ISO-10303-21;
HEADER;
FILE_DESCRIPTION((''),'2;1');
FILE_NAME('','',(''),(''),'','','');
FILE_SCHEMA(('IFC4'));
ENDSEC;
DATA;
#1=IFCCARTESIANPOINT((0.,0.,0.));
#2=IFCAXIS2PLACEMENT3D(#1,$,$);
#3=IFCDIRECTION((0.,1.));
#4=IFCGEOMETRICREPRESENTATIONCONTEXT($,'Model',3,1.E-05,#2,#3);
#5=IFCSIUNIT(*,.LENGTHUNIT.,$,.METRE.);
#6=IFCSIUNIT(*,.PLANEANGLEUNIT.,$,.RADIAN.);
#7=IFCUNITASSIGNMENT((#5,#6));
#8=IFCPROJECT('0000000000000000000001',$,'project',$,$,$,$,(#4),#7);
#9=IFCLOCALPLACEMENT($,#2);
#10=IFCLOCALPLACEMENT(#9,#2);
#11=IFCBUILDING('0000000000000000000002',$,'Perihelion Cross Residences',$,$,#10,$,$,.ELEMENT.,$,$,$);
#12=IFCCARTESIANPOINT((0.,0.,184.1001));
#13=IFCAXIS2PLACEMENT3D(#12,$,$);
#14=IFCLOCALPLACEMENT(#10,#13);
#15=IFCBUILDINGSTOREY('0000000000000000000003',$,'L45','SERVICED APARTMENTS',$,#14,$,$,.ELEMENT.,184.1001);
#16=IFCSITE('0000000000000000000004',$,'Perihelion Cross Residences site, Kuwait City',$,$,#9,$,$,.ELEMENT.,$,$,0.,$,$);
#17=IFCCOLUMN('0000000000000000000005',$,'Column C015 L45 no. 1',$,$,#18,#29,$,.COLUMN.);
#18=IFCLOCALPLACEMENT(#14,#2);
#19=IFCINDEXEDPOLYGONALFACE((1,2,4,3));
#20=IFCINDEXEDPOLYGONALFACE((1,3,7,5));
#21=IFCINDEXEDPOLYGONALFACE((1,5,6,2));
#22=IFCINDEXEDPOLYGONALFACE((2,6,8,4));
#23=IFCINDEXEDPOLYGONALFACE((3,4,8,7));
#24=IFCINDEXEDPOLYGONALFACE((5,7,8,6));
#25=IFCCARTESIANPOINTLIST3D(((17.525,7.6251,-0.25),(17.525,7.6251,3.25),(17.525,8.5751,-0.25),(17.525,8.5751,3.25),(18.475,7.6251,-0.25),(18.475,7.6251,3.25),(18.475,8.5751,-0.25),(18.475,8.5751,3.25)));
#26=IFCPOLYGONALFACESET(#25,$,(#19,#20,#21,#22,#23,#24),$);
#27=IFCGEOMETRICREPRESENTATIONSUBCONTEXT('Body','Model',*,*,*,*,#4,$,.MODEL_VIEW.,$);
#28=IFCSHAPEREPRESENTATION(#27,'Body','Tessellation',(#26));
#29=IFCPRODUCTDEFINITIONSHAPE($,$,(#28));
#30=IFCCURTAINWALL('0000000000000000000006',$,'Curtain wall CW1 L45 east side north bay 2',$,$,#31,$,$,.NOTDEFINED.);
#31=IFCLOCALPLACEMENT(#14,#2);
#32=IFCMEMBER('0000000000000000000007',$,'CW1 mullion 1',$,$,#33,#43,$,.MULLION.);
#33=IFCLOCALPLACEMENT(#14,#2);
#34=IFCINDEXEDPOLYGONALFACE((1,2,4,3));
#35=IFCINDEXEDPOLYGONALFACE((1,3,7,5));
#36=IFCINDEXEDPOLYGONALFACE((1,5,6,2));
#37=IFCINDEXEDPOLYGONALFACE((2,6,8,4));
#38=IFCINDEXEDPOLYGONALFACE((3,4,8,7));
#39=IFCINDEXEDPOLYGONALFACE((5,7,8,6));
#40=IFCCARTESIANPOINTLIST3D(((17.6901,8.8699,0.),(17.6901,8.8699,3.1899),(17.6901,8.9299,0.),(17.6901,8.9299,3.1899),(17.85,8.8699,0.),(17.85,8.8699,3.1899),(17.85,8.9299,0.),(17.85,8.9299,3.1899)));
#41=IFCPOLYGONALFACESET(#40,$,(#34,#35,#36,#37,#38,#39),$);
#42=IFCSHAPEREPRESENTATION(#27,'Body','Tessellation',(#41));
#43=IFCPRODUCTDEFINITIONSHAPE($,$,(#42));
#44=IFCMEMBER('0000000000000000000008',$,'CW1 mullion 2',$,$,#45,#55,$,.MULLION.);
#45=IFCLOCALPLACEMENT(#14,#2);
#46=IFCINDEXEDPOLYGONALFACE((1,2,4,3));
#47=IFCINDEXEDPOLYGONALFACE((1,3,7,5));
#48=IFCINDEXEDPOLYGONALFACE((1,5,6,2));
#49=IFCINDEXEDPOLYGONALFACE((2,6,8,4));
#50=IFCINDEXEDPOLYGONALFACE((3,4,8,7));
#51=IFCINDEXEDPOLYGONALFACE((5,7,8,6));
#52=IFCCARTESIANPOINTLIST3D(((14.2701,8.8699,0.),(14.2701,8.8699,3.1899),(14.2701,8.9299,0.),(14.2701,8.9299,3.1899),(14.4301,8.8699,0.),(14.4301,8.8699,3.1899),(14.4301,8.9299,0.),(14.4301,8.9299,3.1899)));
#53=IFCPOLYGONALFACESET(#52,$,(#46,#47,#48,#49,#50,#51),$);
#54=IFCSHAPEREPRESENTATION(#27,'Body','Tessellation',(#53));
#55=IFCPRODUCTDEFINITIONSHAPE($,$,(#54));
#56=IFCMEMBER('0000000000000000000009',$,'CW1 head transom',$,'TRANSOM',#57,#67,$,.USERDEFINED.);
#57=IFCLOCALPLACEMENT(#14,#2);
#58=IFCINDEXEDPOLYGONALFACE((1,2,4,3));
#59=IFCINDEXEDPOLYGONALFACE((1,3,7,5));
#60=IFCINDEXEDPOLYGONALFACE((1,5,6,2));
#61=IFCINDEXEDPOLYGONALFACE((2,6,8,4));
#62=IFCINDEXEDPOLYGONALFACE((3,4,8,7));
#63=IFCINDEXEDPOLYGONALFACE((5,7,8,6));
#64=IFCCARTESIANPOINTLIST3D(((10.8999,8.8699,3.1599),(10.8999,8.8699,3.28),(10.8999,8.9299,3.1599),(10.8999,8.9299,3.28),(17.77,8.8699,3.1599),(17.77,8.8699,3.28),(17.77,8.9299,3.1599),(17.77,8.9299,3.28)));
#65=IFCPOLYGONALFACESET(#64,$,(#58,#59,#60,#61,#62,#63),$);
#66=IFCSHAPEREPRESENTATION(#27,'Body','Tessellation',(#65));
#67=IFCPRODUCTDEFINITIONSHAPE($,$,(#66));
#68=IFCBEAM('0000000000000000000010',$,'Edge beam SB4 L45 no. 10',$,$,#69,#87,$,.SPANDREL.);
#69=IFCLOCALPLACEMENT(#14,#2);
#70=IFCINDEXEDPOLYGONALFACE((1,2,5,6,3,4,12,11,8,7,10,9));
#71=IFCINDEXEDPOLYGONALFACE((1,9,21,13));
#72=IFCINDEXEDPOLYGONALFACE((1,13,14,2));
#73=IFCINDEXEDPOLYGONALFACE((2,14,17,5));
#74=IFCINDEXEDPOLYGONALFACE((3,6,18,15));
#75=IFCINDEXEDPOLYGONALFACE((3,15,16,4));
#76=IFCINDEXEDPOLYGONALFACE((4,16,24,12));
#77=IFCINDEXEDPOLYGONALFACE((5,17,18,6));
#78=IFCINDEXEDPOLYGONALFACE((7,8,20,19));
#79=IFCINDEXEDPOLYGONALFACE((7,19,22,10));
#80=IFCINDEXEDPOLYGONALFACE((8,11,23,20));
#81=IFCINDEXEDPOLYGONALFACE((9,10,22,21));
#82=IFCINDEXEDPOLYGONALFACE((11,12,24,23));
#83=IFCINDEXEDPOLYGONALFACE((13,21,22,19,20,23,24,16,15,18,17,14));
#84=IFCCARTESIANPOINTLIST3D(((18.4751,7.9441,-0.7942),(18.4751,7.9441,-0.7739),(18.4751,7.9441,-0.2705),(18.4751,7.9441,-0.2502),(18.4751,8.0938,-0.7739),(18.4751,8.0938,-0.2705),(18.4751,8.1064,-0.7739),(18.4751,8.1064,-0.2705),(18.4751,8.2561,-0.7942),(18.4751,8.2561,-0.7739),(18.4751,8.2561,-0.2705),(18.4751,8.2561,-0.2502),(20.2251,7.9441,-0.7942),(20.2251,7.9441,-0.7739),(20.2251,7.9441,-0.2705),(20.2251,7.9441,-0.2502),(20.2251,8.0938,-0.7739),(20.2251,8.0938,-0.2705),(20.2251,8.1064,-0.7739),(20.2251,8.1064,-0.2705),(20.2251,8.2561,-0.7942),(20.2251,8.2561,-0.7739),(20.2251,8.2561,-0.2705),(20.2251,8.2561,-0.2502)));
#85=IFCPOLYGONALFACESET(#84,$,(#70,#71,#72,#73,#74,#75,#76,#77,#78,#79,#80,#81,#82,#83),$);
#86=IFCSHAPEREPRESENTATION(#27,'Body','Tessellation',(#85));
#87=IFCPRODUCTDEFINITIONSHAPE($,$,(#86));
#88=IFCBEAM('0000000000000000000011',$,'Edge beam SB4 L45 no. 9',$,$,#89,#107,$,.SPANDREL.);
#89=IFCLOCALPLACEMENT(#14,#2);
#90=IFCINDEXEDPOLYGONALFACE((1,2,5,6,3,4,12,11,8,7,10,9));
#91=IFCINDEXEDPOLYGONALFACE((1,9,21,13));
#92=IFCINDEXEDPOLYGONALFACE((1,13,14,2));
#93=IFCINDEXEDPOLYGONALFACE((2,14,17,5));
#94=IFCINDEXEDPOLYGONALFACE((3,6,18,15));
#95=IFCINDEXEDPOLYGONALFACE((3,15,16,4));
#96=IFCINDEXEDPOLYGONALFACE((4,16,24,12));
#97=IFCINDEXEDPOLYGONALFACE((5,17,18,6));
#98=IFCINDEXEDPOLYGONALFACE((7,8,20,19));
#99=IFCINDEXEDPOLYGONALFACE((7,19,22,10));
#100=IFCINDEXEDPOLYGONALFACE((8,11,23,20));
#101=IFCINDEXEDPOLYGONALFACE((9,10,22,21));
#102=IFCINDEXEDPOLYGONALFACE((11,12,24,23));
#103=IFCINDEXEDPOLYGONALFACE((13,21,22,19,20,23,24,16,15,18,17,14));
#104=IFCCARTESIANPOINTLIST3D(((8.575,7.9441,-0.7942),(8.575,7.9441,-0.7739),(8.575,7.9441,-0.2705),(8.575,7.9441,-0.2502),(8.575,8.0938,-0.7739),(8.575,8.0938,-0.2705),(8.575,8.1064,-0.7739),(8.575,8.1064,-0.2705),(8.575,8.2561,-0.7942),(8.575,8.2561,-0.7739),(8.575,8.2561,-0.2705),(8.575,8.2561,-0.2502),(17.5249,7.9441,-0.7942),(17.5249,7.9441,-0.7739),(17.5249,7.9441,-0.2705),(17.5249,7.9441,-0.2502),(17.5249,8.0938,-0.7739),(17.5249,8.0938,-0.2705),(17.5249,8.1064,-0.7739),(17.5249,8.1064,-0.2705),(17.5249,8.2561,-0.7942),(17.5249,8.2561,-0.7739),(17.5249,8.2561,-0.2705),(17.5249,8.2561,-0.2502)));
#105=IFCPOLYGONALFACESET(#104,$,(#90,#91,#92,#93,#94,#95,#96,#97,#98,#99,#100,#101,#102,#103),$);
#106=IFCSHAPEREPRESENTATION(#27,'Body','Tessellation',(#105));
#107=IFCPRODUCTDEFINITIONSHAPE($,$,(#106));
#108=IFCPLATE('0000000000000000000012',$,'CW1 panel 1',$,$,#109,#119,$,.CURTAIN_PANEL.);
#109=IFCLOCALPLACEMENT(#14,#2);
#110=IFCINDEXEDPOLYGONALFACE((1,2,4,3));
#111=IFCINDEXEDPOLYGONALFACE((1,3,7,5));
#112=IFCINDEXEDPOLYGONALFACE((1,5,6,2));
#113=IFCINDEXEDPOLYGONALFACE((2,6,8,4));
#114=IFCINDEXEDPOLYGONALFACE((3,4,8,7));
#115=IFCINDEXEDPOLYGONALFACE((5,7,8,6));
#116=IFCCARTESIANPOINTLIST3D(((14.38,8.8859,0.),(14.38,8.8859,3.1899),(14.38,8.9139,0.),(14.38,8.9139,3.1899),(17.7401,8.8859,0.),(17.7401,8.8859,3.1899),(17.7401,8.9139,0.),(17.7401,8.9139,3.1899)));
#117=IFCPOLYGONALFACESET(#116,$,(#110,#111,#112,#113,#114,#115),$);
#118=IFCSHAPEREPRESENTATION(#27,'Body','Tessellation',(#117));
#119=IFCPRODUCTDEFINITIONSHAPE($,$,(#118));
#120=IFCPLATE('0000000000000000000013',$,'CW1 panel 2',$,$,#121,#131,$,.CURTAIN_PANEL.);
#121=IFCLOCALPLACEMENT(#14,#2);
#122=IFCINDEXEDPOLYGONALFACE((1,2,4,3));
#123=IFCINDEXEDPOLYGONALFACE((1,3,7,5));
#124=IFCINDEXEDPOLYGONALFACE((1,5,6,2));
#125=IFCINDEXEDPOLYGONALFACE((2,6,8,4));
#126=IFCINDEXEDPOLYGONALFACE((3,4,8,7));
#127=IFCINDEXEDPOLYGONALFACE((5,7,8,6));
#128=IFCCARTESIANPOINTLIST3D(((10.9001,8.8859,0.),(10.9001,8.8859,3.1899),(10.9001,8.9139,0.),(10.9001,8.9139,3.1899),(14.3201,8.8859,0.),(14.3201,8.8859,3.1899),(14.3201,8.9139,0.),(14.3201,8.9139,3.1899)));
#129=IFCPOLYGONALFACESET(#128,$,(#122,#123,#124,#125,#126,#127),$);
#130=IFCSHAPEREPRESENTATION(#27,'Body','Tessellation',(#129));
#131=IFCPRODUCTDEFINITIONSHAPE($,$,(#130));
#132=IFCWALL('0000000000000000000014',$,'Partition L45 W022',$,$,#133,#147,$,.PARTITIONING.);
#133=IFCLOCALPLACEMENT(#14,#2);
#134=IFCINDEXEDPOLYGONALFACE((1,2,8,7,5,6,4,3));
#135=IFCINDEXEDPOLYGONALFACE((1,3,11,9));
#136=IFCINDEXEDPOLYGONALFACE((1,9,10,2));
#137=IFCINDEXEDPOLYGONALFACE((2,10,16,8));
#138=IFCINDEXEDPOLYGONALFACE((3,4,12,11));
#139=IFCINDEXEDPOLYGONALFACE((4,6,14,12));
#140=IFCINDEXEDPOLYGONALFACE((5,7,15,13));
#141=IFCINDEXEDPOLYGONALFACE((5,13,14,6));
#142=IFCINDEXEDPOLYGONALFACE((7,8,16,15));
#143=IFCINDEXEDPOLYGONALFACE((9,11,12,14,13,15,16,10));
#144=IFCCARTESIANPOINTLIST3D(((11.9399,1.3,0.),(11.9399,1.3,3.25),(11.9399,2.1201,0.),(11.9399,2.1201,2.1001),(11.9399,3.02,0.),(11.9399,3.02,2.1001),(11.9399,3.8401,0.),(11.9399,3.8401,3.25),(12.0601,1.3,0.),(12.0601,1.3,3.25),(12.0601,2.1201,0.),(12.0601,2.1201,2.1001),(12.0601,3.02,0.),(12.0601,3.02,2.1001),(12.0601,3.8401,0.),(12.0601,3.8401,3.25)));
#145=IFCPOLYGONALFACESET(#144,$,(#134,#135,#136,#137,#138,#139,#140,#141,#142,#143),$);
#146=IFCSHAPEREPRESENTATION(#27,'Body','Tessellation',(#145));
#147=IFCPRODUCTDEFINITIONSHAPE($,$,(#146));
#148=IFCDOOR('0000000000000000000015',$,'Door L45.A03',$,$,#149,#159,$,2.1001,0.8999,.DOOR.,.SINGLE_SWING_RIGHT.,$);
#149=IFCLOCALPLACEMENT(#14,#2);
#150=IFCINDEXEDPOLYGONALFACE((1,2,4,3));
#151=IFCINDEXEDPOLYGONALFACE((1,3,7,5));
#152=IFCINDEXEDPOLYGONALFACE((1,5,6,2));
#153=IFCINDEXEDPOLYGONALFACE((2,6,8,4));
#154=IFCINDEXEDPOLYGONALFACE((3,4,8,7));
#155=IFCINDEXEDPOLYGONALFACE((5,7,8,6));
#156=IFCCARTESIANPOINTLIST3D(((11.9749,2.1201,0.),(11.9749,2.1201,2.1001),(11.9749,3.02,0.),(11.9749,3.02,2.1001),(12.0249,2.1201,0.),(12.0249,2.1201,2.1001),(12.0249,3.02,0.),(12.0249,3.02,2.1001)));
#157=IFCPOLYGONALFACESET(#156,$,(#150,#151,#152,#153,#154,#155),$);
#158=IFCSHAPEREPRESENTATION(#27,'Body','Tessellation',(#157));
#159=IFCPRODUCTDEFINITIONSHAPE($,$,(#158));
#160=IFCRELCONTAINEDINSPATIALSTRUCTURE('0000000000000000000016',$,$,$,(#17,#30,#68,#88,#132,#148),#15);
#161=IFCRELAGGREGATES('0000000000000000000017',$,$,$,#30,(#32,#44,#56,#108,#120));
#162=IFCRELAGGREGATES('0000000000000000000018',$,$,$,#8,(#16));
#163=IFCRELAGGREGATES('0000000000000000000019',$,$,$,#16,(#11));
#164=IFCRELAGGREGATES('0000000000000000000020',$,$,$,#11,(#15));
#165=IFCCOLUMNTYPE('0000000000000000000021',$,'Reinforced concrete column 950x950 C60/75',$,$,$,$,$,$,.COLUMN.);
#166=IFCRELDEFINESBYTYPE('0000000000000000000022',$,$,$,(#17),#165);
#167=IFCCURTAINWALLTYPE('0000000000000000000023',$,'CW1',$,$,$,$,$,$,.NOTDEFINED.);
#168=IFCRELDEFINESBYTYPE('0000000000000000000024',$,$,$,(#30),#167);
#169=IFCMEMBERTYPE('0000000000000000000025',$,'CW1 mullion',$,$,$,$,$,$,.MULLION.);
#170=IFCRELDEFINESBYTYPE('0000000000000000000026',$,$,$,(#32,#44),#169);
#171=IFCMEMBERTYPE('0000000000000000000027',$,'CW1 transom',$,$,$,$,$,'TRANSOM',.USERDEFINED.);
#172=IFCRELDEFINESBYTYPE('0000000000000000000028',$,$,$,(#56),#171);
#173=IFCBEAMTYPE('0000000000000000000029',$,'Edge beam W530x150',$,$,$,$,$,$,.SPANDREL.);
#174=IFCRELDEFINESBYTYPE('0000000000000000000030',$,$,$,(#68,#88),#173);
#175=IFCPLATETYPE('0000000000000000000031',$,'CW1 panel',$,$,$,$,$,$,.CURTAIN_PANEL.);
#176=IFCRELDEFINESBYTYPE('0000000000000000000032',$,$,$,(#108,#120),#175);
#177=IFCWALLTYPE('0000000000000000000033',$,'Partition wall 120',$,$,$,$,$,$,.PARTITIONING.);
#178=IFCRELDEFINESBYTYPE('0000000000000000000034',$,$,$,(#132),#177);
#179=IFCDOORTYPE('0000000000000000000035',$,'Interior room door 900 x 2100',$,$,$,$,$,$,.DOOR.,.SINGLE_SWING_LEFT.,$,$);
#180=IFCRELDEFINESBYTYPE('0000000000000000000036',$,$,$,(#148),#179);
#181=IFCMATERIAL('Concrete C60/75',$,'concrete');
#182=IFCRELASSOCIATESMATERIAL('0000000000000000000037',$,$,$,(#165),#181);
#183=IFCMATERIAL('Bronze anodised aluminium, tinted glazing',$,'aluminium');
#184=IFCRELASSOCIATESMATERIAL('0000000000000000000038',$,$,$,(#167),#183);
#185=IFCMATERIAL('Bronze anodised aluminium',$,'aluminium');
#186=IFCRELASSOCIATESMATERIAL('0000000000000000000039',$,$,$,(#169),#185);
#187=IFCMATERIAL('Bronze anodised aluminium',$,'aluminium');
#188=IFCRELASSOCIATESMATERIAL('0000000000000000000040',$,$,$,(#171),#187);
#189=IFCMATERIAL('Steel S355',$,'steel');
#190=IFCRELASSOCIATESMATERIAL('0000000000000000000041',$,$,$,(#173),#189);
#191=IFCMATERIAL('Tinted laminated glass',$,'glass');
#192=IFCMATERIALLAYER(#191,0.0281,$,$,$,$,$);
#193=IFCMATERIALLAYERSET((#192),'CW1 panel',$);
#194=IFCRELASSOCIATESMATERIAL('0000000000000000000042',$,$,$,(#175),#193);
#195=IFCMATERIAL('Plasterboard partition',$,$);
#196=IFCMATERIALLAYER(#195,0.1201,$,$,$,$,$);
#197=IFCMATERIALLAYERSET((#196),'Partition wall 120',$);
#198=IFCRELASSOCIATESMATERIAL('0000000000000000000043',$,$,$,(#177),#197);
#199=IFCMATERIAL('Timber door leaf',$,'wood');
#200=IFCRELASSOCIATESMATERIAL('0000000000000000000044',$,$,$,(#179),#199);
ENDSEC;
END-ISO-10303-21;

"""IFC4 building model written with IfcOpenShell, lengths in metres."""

from ifc_helpers import new_model, si_unit, direction, frame, frame_2d, origin, origin_2d, place, context, subcontext, project, spatial, rectangle, i_section, extrude, material, layer, layer_set, material_profile, profile_set, type_object, element, fill, aggregate, save


model = new_model("IFC4")

# Units and contexts
model_context = context("Model", 3, precision=1e-05, world=origin(), true_north=direction((0.0, 1.0)))
body_context = subcontext(model_context, "Body", "Model", "MODEL_VIEW")
ifc_project = project(units=[si_unit("LENGTHUNIT", "METRE"), si_unit("PLANEANGLEUNIT", "RADIAN")], contexts=[model_context])

# Site, building, storey
site_placement = place(None, origin())
site = spatial("IfcSite", under=ifc_project, at=site_placement, Name="Perihelion Cross Residences site, Kuwait City", CompositionType="ELEMENT", RefElevation=0.0)
building_placement = place(site_placement, origin())
building = spatial("IfcBuilding", under=site, at=building_placement, Name="Perihelion Cross Residences", CompositionType="ELEMENT")
storey_placement = place(building_placement, frame((0.0, 0.0, 184.1001)))
storey = spatial("IfcBuildingStorey", under=building, at=storey_placement, Name="L45", Description="SERVICED APARTMENTS", CompositionType="ELEMENT", Elevation=184.1001)

# Column
ifc_material_1 = material(Name="Concrete C60/75", Category="concrete")
ifc_material_profile_1 = material_profile(ifc_material_1, rectangle(XDim=0.95, YDim=0.95, at=origin_2d()), Name="RC 950x950")
ifc_profile_set_1 = profile_set([ifc_material_profile_1], Name="Concrete C60/75")
column_type = type_object("IfcColumnType", Name="Reinforced concrete column 950x950 C60/75", PredefinedType="COLUMN", material=ifc_profile_set_1)
column_placement = place(storey_placement, frame((18.0, 8.1001, -0.25), z_axis=(0.0, 0.0, 1.0), x_axis=(1.0, 0.0, 0.0)))
element("IfcColumn", 1, at=column_placement, inside=storey, type_object=column_type, Name="Column C015 L45 no. 1", PredefinedType="COLUMN", context=body_context, shape_type="SweptSolid", body=[
    extrude(rectangle(XDim=0.95, YDim=0.95, at=origin_2d()), origin(), (0.0, 0.0, 1.0), 3.5),
])

# Curtain wall, members
ifc_material_2 = material(Name="Bronze anodised aluminium, tinted glazing", Category="aluminium")
curtain_wall_type = type_object("IfcCurtainWallType", Name="CW1", PredefinedType="NOTDEFINED", material=ifc_material_2)
curtain_wall_placement = place(storey_placement, origin())
curtain_wall = element("IfcCurtainWall", 2, at=curtain_wall_placement, inside=storey, type_object=curtain_wall_type, Name="Curtain wall CW1 L45 east side north bay 2", PredefinedType="NOTDEFINED")
ifc_material_3 = material(Name="Bronze anodised aluminium", Category="aluminium")
ifc_material_profile_2 = material_profile(ifc_material_3, rectangle(XDim=0.0601, YDim=0.1599, at=origin_2d()), Name="CW1 mullion")
ifc_profile_set_2 = profile_set([ifc_material_profile_2], Name="Bronze anodised aluminium")
member_type_1 = type_object("IfcMemberType", Name="CW1 mullion", PredefinedType="MULLION", material=ifc_profile_set_2)
member_1_placement = place(storey_placement, frame((17.77, 8.8999, 0.0), z_axis=(0.0, 0.0, 1.0), x_axis=(0.0, -1.0, 0.0)))
member_1 = element("IfcMember", 3, at=member_1_placement, type_object=member_type_1, Name="CW1 mullion 1", PredefinedType="MULLION", context=body_context, shape_type="SweptSolid", body=[
    extrude(rectangle(XDim=0.0601, YDim=0.1599, at=origin_2d()), origin(), (0.0, 0.0, 1.0), 3.1899),
])
member_2_placement = place(storey_placement, frame((14.3501, 8.8999, 0.0), z_axis=(0.0, 0.0, 1.0), x_axis=(0.0, -1.0, 0.0)))
member_2 = element("IfcMember", 4, at=member_2_placement, type_object=member_type_1, Name="CW1 mullion 2", PredefinedType="MULLION", context=body_context, shape_type="SweptSolid", body=[
    extrude(rectangle(XDim=0.0601, YDim=0.1599, at=origin_2d()), origin(), (0.0, 0.0, 1.0), 3.1899),
])
ifc_material_4 = material(Name="Bronze anodised aluminium", Category="aluminium")
ifc_material_profile_3 = material_profile(ifc_material_4, rectangle(XDim=0.0601, YDim=0.1201, at=origin_2d()), Name="CW1 transom")
ifc_profile_set_3 = profile_set([ifc_material_profile_3], Name="Bronze anodised aluminium")
member_type_2 = type_object("IfcMemberType", Name="CW1 transom", ElementType="TRANSOM", PredefinedType="USERDEFINED", material=ifc_profile_set_3)
member_3_placement = place(storey_placement, frame((17.77, 8.8999, 3.22), z_axis=(-1.0, 0.0, 0.0), x_axis=(0.0, -1.0, 0.0)))
member_3 = element("IfcMember", 5, at=member_3_placement, type_object=member_type_2, Name="CW1 head transom", ObjectType="TRANSOM", PredefinedType="USERDEFINED", context=body_context, shape_type="SweptSolid", body=[
    extrude(rectangle(XDim=0.0601, YDim=0.1201, at=origin_2d()), origin(), (0.0, 0.0, 1.0), 6.8701),
])

# Beams
ifc_material_5 = material(Name="Steel S355", Category="steel")
ifc_material_profile_4 = material_profile(ifc_material_5, i_section(OverallWidth=0.312, OverallDepth=0.5439, WebThickness=0.0127, FlangeThickness=0.0203, at=origin_2d()), Name="W530x150")
ifc_profile_set_4 = profile_set([ifc_material_profile_4], Name="Steel S355")
beam_type = type_object("IfcBeamType", Name="Edge beam W530x150", PredefinedType="SPANDREL", material=ifc_profile_set_4)
beam_1_placement = place(storey_placement, frame((20.2251, 8.1001, -0.5222), z_axis=(-1.0, 0.0, 0.0), x_axis=(0.0, -1.0, 0.0)))
element("IfcBeam", 6, at=beam_1_placement, inside=storey, type_object=beam_type, Name="Edge beam SB4 L45 no. 10", PredefinedType="SPANDREL", context=body_context, shape_type="SweptSolid", body=[
    extrude(i_section(OverallWidth=0.312, OverallDepth=0.5439, WebThickness=0.0127, FlangeThickness=0.0203, at=origin_2d()), origin(), (0.0, 0.0, 1.0), 1.75),
])
beam_2_placement = place(storey_placement, frame((17.5249, 8.1001, -0.5222), z_axis=(-1.0, 0.0, 0.0), x_axis=(0.0, -1.0, 0.0)))
element("IfcBeam", 7, at=beam_2_placement, inside=storey, type_object=beam_type, Name="Edge beam SB4 L45 no. 9", PredefinedType="SPANDREL", context=body_context, shape_type="SweptSolid", body=[
    extrude(i_section(OverallWidth=0.312, OverallDepth=0.5439, WebThickness=0.0127, FlangeThickness=0.0203, at=origin_2d()), origin(), (0.0, 0.0, 1.0), 8.95),
])

# Plates
ifc_material_6 = material(Name="Tinted laminated glass", Category="glass")
ifc_layer_1 = layer(ifc_material_6, 0.0281)
ifc_layer_set_1 = layer_set([ifc_layer_1], Name="CW1 panel")
plate_type = type_object("IfcPlateType", Name="CW1 panel", PredefinedType="CURTAIN_PANEL", material=ifc_layer_set_1)
plate_1_placement = place(storey_placement, frame((16.0601, 8.8999, 0.0), z_axis=(0.0, 0.0, 1.0), x_axis=(-1.0, 0.0, 0.0)))
plate_1 = element("IfcPlate", 8, at=plate_1_placement, type_object=plate_type, Name="CW1 panel 1", PredefinedType="CURTAIN_PANEL", context=body_context, shape_type="SweptSolid", body=[
    extrude(rectangle(XDim=3.3601, YDim=0.0281, at=origin_2d()), origin(), (0.0, 0.0, 1.0), 3.1899),
])
plate_2_placement = place(storey_placement, frame((12.6101, 8.8999, 0.0), z_axis=(0.0, 0.0, 1.0), x_axis=(-1.0, 0.0, 0.0)))
plate_2 = element("IfcPlate", 9, at=plate_2_placement, type_object=plate_type, Name="CW1 panel 2", PredefinedType="CURTAIN_PANEL", context=body_context, shape_type="SweptSolid", body=[
    extrude(rectangle(XDim=3.4199, YDim=0.0281, at=origin_2d()), origin(), (0.0, 0.0, 1.0), 3.1899),
])
aggregate(curtain_wall, [member_1, member_2, member_3, plate_1, plate_2])

# Wall, opening, door
ifc_material_7 = material(Name="Plasterboard partition")
ifc_layer_2 = layer(ifc_material_7, 0.1201)
ifc_layer_set_2 = layer_set([ifc_layer_2], Name="Partition wall 120")
wall_type_1 = type_object("IfcWallType", Name="Partition wall 120", PredefinedType="PARTITIONING", material=ifc_layer_set_2)
wall_1_placement = place(storey_placement, frame((12.0, 3.8401, 0.0), z_axis=(0.0, 0.0, 1.0), x_axis=(0.0, -1.0, 0.0)))
wall_1 = element("IfcWall", 10, at=wall_1_placement, inside=storey, type_object=wall_type_1, Name="Partition L45 W022", PredefinedType="PARTITIONING", context=body_context, shape_type="SweptSolid", body=[
    extrude(rectangle(XDim=2.54, YDim=0.1201, at=frame_2d((1.27, 0.0))), origin(), (0.0, 0.0, 1.0), 3.25),
])
opening_1_placement = place(wall_1_placement, frame((0.8201, 0.0, 0.0)))
opening_1 = element("IfcOpeningElement", 11, at=opening_1_placement, cuts=wall_1, PredefinedType="OPENING", context=body_context, shape_type="SweptSolid", body=[
    extrude(rectangle(XDim=0.8999, YDim=2.1001, at=frame_2d((0.45, 1.05))), frame((0.0, 0.0701, 0.0), z_axis=(0.0, -1.0, 0.0), x_axis=(1.0, 0.0, 0.0)), (0.0, 0.0, 1.0), 0.1401),
])
ifc_material_8 = material(Name="Timber door leaf", Category="wood")
door_type_1 = type_object("IfcDoorType", Name="Interior room door 900 x 2100", OperationType="SINGLE_SWING_LEFT", PredefinedType="DOOR", material=ifc_material_8)
door_1_placement = place(opening_1_placement, origin())
door_1 = element("IfcDoor", 12, at=door_1_placement, inside=storey, type_object=door_type_1, Name="Door L45.A03", OperationType="SINGLE_SWING_RIGHT", OverallHeight=2.1001, OverallWidth=0.8999, PredefinedType="DOOR", context=body_context, shape_type="SweptSolid", body=[
    extrude(rectangle(XDim=0.8999, YDim=2.1001, at=frame_2d((0.45, 1.05))), frame((0.0, 0.0249, 0.0), z_axis=(0.0, -1.0, 0.0), x_axis=(1.0, 0.0, 0.0)), (0.0, 0.0, 1.0), 0.05),
])
fill(opening_1, door_1)

save(model, "model.ifc")
